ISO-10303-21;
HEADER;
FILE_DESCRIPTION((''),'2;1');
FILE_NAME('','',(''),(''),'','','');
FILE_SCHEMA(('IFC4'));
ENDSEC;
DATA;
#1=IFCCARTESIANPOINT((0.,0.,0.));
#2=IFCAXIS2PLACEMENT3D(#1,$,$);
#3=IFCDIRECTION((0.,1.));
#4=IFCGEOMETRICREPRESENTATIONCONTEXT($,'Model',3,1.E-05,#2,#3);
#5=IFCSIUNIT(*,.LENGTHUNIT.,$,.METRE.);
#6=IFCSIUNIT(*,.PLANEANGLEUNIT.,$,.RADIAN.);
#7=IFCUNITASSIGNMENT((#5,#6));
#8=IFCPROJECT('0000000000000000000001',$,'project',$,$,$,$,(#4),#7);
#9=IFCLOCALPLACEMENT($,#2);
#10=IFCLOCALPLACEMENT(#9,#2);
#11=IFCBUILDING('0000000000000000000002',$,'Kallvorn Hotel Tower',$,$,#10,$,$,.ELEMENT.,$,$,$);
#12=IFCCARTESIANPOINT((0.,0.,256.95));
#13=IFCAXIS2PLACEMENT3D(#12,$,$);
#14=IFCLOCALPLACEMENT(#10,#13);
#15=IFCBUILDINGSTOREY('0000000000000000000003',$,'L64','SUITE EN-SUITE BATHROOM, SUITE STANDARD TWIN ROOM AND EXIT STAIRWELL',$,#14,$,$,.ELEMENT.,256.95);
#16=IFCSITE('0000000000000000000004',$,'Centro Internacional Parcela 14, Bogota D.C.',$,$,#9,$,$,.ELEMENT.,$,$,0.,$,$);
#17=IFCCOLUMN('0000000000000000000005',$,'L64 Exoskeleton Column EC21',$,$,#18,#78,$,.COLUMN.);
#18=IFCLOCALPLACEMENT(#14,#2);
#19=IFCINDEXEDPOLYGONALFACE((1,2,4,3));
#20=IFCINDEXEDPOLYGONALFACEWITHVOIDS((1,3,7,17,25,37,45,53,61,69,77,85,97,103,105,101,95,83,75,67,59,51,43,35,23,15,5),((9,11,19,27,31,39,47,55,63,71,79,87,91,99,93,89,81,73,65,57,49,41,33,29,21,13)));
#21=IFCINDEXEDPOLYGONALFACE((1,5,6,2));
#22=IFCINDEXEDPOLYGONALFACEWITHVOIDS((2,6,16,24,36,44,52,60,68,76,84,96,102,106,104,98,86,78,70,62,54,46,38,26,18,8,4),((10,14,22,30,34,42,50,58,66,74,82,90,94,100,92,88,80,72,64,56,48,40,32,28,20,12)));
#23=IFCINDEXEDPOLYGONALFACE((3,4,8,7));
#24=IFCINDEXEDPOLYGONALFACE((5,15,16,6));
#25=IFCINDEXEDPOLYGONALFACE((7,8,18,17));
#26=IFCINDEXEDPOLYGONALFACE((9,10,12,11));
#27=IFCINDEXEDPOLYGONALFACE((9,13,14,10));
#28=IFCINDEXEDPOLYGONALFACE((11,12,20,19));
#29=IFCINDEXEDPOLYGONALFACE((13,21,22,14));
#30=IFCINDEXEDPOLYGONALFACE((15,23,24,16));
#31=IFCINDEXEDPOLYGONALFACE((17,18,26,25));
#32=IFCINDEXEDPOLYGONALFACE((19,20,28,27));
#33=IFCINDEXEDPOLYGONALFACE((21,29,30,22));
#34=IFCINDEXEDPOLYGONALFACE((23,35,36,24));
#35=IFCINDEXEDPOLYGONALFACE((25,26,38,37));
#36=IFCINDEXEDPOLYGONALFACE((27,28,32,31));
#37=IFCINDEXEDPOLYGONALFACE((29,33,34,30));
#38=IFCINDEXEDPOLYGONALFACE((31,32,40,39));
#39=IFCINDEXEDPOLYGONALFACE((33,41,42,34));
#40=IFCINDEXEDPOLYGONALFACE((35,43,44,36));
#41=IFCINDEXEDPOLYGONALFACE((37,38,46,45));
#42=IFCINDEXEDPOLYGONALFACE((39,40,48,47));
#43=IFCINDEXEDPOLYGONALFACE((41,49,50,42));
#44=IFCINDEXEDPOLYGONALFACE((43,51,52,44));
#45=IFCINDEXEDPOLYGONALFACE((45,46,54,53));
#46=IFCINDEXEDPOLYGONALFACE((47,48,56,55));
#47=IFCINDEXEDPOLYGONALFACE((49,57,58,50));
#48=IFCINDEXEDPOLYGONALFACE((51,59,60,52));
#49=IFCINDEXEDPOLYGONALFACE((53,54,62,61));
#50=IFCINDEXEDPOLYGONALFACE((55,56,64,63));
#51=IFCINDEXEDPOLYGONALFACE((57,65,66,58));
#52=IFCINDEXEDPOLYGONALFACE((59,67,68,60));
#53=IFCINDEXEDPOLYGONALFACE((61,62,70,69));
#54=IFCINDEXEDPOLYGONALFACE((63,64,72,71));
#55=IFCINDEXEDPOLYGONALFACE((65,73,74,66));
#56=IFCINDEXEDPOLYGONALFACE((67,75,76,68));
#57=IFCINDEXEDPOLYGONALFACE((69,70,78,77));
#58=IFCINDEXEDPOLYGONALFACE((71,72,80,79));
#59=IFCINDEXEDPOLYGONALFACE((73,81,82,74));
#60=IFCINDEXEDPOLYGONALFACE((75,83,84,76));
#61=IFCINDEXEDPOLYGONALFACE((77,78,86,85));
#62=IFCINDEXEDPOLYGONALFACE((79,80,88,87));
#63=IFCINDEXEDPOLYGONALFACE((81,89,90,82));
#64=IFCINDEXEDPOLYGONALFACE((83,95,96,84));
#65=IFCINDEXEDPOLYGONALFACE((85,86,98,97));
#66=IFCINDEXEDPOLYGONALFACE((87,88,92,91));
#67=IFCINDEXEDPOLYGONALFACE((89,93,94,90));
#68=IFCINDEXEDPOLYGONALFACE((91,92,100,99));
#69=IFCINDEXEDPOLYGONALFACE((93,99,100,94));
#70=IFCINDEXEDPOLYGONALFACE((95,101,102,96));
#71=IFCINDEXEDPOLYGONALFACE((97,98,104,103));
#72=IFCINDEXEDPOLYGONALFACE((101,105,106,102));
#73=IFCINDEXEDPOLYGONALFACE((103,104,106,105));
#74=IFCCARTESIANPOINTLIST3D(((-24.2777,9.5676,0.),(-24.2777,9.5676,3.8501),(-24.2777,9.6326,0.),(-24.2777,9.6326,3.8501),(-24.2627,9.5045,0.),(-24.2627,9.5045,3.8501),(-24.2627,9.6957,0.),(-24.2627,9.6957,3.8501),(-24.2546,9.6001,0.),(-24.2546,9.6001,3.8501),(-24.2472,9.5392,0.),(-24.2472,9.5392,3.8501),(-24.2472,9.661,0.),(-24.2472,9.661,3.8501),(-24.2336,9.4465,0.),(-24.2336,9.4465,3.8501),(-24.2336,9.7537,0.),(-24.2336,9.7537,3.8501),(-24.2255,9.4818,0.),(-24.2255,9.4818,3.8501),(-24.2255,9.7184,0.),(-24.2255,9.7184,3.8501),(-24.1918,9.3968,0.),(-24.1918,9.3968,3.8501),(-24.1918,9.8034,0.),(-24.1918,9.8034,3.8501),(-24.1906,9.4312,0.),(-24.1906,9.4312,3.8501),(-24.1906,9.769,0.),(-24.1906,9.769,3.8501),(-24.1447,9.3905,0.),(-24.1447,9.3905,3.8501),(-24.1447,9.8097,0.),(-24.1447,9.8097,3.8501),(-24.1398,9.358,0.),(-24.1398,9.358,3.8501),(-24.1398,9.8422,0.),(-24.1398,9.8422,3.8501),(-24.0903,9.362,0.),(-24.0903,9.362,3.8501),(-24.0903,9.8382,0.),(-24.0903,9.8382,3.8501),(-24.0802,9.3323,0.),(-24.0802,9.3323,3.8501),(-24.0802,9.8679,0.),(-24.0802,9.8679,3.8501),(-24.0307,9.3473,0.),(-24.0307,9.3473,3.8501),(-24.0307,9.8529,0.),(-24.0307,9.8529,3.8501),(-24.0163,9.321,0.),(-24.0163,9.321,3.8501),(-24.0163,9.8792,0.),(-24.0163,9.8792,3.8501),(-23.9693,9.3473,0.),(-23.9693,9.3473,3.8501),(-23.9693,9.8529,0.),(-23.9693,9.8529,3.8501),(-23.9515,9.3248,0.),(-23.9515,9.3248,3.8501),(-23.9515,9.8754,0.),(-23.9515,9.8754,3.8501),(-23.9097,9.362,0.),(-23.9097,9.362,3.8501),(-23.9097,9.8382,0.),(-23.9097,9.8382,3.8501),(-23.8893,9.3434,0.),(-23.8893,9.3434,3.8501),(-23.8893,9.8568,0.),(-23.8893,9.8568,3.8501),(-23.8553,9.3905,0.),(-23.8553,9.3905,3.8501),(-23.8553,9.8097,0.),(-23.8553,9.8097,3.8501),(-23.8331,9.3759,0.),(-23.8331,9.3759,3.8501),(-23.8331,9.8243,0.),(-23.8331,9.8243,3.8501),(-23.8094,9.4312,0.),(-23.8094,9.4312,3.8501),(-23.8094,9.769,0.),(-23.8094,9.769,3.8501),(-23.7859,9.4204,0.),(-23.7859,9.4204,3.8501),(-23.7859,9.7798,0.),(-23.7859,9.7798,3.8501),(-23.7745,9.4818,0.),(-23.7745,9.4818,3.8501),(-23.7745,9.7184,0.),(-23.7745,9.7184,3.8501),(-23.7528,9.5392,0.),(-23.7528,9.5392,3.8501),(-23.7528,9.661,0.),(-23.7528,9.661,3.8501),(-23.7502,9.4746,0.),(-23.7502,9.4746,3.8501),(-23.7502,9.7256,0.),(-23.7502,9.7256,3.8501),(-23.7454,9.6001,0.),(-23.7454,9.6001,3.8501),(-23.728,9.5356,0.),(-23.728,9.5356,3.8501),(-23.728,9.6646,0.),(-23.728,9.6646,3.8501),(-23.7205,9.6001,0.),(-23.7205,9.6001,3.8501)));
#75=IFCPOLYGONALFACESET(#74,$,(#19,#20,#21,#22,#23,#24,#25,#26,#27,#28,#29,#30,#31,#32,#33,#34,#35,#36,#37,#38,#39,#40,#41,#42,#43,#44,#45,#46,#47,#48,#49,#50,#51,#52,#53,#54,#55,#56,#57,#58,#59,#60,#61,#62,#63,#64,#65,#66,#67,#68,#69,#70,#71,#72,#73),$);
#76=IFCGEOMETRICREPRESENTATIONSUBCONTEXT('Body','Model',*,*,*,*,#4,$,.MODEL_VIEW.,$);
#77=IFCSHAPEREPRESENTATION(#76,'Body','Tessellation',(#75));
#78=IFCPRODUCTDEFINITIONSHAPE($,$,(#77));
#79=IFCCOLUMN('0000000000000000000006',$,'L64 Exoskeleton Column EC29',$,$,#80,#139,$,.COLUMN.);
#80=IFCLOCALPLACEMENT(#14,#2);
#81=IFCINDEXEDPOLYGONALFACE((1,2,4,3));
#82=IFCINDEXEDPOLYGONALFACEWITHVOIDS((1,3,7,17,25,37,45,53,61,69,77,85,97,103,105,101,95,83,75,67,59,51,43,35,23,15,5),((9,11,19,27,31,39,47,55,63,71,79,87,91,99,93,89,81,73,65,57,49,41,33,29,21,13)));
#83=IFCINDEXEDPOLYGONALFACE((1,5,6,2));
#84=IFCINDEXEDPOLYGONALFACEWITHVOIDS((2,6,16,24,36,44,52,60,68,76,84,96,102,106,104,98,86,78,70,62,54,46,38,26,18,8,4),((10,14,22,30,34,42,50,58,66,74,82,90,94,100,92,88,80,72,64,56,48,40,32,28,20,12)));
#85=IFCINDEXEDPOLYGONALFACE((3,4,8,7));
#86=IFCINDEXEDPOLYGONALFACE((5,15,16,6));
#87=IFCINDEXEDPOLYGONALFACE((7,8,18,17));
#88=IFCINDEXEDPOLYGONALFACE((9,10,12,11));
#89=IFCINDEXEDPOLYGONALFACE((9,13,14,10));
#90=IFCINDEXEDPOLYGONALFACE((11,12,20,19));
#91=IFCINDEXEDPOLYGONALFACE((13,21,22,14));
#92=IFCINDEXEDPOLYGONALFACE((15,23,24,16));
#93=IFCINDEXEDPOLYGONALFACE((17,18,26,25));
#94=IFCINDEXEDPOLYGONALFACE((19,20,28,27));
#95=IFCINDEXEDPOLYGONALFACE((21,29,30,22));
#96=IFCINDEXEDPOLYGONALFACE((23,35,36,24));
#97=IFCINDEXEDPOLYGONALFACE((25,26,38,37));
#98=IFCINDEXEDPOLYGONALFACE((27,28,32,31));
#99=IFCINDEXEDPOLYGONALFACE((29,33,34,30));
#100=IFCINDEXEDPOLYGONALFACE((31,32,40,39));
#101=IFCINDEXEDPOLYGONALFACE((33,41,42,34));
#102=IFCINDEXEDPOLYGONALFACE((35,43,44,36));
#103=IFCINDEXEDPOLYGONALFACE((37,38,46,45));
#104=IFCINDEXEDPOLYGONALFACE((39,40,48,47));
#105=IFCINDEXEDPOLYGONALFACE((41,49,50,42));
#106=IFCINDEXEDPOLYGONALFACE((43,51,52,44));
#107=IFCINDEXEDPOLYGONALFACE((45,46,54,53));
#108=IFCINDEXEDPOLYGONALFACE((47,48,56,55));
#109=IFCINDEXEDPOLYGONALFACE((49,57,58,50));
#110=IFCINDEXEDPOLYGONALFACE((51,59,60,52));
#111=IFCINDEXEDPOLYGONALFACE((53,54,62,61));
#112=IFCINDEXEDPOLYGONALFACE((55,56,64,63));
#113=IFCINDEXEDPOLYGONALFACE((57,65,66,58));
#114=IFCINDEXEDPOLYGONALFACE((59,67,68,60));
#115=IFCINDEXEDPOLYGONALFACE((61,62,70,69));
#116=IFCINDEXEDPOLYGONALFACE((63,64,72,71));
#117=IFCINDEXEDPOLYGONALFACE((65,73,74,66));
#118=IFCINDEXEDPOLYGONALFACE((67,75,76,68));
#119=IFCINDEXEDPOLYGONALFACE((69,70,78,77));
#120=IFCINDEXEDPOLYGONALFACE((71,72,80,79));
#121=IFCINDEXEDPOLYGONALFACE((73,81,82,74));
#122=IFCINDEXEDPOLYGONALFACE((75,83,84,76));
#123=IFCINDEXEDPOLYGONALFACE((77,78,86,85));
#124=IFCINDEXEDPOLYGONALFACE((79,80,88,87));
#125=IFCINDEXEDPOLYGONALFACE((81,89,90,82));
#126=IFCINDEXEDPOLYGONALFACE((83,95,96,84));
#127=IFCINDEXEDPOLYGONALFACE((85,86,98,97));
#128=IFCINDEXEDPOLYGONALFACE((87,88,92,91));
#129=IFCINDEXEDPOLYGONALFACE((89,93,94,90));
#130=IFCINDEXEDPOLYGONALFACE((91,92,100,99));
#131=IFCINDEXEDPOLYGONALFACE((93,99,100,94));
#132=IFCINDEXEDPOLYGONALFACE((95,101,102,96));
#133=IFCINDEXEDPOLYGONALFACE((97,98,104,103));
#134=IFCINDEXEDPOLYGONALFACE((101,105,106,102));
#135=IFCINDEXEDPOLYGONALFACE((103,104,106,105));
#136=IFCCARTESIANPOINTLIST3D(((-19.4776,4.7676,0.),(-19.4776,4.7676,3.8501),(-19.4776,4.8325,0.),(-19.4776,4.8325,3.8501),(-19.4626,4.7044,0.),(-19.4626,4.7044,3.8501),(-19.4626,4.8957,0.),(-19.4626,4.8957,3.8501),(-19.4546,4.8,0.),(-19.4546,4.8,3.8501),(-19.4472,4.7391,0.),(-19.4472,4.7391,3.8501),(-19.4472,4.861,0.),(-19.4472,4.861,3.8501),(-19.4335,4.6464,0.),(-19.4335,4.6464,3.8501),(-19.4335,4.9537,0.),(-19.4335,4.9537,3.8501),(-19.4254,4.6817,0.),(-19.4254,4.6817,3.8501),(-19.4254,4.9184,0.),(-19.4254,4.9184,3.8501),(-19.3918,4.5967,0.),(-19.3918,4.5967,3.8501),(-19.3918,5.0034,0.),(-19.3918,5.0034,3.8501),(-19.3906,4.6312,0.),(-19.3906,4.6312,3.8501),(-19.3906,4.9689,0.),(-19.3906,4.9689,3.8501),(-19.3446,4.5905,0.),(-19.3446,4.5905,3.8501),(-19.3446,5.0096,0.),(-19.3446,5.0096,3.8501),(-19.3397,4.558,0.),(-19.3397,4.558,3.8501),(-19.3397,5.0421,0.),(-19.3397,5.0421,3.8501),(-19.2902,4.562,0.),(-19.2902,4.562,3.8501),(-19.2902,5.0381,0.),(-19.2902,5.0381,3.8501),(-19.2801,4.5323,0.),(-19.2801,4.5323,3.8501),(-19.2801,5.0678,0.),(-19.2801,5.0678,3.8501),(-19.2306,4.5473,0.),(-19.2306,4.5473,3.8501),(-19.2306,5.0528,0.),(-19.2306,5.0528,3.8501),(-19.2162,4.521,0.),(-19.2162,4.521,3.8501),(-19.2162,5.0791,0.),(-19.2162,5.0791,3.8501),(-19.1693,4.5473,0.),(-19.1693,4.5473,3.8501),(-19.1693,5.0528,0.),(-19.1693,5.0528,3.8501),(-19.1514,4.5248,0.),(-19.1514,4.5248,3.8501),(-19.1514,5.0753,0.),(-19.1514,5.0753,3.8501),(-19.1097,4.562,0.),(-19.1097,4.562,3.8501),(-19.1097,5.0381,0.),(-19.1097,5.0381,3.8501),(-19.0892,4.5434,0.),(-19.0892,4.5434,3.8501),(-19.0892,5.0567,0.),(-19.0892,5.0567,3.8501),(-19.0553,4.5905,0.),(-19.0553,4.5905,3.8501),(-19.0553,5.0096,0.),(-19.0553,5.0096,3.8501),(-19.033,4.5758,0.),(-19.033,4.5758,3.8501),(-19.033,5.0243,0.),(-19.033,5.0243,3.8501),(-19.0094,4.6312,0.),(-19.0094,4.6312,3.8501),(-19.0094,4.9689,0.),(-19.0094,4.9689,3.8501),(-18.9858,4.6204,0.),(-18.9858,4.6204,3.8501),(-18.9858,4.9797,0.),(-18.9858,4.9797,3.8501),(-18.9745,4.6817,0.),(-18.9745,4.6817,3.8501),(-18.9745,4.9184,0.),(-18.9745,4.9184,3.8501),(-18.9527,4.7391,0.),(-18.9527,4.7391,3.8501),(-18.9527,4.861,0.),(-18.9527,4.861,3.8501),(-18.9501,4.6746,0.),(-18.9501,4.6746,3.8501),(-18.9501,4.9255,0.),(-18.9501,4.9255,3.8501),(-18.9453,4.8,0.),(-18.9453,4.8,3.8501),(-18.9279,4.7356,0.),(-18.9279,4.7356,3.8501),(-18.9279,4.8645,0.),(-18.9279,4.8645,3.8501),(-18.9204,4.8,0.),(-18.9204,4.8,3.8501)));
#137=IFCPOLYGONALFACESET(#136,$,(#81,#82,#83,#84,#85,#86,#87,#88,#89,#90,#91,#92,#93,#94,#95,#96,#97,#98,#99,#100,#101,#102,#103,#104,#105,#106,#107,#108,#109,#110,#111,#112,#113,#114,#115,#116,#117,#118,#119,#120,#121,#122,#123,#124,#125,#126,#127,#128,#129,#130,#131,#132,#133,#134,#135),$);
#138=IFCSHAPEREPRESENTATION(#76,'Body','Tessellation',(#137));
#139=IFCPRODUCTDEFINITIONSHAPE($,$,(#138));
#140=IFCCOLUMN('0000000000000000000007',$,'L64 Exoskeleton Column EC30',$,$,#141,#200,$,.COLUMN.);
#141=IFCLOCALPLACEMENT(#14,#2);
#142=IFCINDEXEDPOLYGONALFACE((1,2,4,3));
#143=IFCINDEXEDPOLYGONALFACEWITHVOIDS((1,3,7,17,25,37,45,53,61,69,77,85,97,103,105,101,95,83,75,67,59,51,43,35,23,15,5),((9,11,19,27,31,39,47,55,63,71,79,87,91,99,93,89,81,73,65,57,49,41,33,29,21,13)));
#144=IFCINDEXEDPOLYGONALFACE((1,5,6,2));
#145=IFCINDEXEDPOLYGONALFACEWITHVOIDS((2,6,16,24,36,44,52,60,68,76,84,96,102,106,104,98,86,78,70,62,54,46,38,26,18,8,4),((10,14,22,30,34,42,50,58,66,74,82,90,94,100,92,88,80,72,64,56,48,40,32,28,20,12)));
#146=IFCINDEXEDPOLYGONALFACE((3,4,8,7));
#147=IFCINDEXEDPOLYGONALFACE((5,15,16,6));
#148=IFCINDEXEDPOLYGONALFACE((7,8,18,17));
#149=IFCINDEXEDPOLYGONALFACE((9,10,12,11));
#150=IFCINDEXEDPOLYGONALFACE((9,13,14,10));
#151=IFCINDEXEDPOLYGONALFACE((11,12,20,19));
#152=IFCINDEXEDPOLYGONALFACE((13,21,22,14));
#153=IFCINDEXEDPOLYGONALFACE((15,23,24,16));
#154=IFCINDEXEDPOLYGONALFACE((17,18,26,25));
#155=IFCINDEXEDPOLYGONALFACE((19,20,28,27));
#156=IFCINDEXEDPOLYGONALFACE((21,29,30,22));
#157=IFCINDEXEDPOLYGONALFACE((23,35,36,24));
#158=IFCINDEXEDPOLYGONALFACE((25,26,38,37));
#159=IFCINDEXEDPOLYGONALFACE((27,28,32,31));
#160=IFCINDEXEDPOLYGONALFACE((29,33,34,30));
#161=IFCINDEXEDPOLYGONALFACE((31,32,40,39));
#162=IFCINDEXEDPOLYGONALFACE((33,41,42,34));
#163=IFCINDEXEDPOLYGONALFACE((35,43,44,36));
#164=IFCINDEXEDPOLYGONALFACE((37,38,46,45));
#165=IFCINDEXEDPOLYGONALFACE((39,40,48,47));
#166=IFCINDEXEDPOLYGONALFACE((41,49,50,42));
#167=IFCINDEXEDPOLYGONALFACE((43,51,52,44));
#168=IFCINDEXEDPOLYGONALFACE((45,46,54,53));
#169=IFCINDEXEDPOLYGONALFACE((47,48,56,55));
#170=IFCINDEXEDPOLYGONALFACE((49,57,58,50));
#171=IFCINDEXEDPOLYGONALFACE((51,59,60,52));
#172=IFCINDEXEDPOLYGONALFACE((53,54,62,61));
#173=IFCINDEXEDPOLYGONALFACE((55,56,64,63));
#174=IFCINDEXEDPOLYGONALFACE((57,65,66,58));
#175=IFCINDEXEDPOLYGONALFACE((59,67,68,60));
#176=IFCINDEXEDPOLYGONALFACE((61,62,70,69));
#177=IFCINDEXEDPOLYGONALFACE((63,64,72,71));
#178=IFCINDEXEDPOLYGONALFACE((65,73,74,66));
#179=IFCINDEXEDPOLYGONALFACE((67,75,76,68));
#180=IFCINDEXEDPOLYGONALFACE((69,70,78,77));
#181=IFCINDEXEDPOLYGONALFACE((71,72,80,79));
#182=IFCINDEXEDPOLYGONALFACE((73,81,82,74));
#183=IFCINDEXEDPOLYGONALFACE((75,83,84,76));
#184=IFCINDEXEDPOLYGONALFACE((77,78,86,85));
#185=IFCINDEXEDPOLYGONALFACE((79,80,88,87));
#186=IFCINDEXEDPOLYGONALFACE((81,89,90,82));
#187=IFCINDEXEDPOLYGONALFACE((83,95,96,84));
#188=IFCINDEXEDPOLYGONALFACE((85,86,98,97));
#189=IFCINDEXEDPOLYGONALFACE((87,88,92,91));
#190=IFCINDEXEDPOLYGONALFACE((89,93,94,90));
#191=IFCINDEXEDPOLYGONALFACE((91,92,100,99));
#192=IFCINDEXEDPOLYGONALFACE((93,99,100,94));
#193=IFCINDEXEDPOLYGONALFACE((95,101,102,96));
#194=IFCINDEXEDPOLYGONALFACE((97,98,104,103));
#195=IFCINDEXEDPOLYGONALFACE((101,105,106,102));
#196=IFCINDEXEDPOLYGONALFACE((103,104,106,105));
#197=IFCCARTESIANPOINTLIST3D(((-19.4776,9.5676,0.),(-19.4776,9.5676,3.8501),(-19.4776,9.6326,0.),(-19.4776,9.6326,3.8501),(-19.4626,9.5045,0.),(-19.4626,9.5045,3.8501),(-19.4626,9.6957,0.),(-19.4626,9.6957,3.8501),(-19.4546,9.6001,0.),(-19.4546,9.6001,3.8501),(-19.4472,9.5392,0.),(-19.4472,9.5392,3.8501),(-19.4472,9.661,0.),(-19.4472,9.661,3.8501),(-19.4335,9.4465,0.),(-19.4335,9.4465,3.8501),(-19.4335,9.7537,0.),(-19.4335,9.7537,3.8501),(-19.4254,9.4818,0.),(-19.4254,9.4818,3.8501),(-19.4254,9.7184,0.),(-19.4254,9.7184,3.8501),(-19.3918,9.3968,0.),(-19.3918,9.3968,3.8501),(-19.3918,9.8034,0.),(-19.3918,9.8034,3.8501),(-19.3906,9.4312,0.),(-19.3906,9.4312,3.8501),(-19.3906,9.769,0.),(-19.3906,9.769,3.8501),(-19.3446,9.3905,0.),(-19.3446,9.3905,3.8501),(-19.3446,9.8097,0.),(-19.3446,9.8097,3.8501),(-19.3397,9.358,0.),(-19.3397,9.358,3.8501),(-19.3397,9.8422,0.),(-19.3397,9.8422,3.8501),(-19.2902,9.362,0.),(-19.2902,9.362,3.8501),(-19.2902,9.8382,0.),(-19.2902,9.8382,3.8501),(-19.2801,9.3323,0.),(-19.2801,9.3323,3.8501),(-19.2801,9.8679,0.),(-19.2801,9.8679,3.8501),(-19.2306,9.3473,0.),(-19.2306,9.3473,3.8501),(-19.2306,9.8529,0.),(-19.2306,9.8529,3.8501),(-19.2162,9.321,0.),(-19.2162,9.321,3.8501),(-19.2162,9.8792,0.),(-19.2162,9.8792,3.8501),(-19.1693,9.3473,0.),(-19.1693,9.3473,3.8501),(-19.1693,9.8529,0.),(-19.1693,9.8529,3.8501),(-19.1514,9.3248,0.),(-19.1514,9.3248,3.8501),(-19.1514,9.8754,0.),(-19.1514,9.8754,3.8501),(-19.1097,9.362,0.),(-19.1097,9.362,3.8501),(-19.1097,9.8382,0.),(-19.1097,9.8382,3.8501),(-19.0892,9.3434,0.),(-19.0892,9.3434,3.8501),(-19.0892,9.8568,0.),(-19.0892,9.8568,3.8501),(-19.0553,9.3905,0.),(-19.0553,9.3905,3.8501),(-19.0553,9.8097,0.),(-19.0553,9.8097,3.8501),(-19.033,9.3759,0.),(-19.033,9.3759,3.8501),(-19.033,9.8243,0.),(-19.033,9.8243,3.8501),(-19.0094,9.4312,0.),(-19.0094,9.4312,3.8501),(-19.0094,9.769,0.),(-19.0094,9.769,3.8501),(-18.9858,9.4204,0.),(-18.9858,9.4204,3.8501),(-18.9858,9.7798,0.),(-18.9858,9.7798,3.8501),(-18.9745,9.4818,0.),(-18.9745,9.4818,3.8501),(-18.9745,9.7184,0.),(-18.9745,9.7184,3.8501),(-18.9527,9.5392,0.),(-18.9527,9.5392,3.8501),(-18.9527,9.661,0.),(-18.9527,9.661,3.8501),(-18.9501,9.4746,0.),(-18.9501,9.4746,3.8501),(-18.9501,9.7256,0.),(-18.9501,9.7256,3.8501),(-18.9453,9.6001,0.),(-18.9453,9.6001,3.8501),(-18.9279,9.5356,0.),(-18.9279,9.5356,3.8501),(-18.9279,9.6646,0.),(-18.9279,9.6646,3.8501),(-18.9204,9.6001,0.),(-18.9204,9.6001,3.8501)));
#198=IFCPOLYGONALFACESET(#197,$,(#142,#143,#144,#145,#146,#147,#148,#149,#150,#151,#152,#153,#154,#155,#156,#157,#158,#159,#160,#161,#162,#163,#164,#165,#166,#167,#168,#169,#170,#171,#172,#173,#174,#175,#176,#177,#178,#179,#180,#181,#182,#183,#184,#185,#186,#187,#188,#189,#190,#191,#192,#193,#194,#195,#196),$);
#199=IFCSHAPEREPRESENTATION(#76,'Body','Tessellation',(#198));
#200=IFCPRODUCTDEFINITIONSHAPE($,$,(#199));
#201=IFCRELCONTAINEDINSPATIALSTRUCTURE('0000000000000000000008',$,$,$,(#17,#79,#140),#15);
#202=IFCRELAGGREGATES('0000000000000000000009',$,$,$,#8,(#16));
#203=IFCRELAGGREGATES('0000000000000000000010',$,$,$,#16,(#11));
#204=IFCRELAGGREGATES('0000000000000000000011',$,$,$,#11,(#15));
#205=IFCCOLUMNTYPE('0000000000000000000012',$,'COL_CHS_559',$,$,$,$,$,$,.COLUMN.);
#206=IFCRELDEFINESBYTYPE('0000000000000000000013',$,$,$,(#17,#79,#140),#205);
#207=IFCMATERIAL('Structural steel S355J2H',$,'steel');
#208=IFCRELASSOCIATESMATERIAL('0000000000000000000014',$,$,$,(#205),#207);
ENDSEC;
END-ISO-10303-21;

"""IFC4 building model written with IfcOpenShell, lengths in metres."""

from ifc_helpers import new_model, si_unit, direction, frame, origin, origin_2d, place, context, subcontext, project, spatial, hollow_circle, extrude, material, material_profile, profile_set, type_object, element, save


model = new_model("IFC4")

# Units and contexts
model_context = context("Model", 3, precision=1e-05, world=origin(), true_north=direction((0.0, 1.0)))
body_context = subcontext(model_context, "Body", "Model", "MODEL_VIEW")
ifc_project = project(units=[si_unit("LENGTHUNIT", "METRE"), si_unit("PLANEANGLEUNIT", "RADIAN")], contexts=[model_context])

# Site, building, storey
site_placement = place(None, origin())
site = spatial("IfcSite", under=ifc_project, at=site_placement, Name="Centro Internacional Parcela 14, Bogota D.C.", CompositionType="ELEMENT", RefElevation=0.0)
building_placement = place(site_placement, origin())
building = spatial("IfcBuilding", under=site, at=building_placement, Name="Kallvorn Hotel Tower", CompositionType="ELEMENT")
storey_placement = place(building_placement, frame((0.0, 0.0, 256.95)))
storey = spatial("IfcBuildingStorey", under=building, at=storey_placement, Name="L64", Description="SUITE EN-SUITE BATHROOM, SUITE STANDARD TWIN ROOM AND EXIT STAIRWELL", CompositionType="ELEMENT", Elevation=256.95)

# Columns
ifc_material_1 = material(Name="Structural steel S355J2H", Category="steel")
ifc_material_profile_1 = material_profile(ifc_material_1, hollow_circle(Radius=0.2795, WallThickness=0.0249, at=origin_2d()), Name="CHS 559x25")
ifc_profile_set_1 = profile_set([ifc_material_profile_1], Name="Structural steel S355J2H")
column_type_1 = type_object("IfcColumnType", Name="COL_CHS_559", PredefinedType="COLUMN", material=ifc_profile_set_1)
for number, where, z_axis, x_axis, name in (
    (1, (-24.0, 9.6001, 0.0), (0.0, 0.0, 1.0), (1.0, 0.0, 0.0), "L64 Exoskeleton Column EC21"),
    (2, (-19.2, 4.8, 0.0), (0.0, 0.0, 1.0), (1.0, 0.0, 0.0), "L64 Exoskeleton Column EC29"),
    (3, (-19.2, 9.6001, 0.0), (0.0, 0.0, 1.0), (1.0, 0.0, 0.0), "L64 Exoskeleton Column EC30"),
):
    element("IfcColumn", number, at=place(storey_placement, frame(where, z_axis=z_axis, x_axis=x_axis)), inside=storey, type_object=column_type_1, Name=name, PredefinedType="COLUMN", context=body_context, shape_type="SweptSolid", body=[
        extrude(hollow_circle(Radius=0.2795, WallThickness=0.0249, at=origin_2d()), origin(), (0.0, 0.0, 1.0), 3.8501),
    ])

save(model, "model.ifc")
